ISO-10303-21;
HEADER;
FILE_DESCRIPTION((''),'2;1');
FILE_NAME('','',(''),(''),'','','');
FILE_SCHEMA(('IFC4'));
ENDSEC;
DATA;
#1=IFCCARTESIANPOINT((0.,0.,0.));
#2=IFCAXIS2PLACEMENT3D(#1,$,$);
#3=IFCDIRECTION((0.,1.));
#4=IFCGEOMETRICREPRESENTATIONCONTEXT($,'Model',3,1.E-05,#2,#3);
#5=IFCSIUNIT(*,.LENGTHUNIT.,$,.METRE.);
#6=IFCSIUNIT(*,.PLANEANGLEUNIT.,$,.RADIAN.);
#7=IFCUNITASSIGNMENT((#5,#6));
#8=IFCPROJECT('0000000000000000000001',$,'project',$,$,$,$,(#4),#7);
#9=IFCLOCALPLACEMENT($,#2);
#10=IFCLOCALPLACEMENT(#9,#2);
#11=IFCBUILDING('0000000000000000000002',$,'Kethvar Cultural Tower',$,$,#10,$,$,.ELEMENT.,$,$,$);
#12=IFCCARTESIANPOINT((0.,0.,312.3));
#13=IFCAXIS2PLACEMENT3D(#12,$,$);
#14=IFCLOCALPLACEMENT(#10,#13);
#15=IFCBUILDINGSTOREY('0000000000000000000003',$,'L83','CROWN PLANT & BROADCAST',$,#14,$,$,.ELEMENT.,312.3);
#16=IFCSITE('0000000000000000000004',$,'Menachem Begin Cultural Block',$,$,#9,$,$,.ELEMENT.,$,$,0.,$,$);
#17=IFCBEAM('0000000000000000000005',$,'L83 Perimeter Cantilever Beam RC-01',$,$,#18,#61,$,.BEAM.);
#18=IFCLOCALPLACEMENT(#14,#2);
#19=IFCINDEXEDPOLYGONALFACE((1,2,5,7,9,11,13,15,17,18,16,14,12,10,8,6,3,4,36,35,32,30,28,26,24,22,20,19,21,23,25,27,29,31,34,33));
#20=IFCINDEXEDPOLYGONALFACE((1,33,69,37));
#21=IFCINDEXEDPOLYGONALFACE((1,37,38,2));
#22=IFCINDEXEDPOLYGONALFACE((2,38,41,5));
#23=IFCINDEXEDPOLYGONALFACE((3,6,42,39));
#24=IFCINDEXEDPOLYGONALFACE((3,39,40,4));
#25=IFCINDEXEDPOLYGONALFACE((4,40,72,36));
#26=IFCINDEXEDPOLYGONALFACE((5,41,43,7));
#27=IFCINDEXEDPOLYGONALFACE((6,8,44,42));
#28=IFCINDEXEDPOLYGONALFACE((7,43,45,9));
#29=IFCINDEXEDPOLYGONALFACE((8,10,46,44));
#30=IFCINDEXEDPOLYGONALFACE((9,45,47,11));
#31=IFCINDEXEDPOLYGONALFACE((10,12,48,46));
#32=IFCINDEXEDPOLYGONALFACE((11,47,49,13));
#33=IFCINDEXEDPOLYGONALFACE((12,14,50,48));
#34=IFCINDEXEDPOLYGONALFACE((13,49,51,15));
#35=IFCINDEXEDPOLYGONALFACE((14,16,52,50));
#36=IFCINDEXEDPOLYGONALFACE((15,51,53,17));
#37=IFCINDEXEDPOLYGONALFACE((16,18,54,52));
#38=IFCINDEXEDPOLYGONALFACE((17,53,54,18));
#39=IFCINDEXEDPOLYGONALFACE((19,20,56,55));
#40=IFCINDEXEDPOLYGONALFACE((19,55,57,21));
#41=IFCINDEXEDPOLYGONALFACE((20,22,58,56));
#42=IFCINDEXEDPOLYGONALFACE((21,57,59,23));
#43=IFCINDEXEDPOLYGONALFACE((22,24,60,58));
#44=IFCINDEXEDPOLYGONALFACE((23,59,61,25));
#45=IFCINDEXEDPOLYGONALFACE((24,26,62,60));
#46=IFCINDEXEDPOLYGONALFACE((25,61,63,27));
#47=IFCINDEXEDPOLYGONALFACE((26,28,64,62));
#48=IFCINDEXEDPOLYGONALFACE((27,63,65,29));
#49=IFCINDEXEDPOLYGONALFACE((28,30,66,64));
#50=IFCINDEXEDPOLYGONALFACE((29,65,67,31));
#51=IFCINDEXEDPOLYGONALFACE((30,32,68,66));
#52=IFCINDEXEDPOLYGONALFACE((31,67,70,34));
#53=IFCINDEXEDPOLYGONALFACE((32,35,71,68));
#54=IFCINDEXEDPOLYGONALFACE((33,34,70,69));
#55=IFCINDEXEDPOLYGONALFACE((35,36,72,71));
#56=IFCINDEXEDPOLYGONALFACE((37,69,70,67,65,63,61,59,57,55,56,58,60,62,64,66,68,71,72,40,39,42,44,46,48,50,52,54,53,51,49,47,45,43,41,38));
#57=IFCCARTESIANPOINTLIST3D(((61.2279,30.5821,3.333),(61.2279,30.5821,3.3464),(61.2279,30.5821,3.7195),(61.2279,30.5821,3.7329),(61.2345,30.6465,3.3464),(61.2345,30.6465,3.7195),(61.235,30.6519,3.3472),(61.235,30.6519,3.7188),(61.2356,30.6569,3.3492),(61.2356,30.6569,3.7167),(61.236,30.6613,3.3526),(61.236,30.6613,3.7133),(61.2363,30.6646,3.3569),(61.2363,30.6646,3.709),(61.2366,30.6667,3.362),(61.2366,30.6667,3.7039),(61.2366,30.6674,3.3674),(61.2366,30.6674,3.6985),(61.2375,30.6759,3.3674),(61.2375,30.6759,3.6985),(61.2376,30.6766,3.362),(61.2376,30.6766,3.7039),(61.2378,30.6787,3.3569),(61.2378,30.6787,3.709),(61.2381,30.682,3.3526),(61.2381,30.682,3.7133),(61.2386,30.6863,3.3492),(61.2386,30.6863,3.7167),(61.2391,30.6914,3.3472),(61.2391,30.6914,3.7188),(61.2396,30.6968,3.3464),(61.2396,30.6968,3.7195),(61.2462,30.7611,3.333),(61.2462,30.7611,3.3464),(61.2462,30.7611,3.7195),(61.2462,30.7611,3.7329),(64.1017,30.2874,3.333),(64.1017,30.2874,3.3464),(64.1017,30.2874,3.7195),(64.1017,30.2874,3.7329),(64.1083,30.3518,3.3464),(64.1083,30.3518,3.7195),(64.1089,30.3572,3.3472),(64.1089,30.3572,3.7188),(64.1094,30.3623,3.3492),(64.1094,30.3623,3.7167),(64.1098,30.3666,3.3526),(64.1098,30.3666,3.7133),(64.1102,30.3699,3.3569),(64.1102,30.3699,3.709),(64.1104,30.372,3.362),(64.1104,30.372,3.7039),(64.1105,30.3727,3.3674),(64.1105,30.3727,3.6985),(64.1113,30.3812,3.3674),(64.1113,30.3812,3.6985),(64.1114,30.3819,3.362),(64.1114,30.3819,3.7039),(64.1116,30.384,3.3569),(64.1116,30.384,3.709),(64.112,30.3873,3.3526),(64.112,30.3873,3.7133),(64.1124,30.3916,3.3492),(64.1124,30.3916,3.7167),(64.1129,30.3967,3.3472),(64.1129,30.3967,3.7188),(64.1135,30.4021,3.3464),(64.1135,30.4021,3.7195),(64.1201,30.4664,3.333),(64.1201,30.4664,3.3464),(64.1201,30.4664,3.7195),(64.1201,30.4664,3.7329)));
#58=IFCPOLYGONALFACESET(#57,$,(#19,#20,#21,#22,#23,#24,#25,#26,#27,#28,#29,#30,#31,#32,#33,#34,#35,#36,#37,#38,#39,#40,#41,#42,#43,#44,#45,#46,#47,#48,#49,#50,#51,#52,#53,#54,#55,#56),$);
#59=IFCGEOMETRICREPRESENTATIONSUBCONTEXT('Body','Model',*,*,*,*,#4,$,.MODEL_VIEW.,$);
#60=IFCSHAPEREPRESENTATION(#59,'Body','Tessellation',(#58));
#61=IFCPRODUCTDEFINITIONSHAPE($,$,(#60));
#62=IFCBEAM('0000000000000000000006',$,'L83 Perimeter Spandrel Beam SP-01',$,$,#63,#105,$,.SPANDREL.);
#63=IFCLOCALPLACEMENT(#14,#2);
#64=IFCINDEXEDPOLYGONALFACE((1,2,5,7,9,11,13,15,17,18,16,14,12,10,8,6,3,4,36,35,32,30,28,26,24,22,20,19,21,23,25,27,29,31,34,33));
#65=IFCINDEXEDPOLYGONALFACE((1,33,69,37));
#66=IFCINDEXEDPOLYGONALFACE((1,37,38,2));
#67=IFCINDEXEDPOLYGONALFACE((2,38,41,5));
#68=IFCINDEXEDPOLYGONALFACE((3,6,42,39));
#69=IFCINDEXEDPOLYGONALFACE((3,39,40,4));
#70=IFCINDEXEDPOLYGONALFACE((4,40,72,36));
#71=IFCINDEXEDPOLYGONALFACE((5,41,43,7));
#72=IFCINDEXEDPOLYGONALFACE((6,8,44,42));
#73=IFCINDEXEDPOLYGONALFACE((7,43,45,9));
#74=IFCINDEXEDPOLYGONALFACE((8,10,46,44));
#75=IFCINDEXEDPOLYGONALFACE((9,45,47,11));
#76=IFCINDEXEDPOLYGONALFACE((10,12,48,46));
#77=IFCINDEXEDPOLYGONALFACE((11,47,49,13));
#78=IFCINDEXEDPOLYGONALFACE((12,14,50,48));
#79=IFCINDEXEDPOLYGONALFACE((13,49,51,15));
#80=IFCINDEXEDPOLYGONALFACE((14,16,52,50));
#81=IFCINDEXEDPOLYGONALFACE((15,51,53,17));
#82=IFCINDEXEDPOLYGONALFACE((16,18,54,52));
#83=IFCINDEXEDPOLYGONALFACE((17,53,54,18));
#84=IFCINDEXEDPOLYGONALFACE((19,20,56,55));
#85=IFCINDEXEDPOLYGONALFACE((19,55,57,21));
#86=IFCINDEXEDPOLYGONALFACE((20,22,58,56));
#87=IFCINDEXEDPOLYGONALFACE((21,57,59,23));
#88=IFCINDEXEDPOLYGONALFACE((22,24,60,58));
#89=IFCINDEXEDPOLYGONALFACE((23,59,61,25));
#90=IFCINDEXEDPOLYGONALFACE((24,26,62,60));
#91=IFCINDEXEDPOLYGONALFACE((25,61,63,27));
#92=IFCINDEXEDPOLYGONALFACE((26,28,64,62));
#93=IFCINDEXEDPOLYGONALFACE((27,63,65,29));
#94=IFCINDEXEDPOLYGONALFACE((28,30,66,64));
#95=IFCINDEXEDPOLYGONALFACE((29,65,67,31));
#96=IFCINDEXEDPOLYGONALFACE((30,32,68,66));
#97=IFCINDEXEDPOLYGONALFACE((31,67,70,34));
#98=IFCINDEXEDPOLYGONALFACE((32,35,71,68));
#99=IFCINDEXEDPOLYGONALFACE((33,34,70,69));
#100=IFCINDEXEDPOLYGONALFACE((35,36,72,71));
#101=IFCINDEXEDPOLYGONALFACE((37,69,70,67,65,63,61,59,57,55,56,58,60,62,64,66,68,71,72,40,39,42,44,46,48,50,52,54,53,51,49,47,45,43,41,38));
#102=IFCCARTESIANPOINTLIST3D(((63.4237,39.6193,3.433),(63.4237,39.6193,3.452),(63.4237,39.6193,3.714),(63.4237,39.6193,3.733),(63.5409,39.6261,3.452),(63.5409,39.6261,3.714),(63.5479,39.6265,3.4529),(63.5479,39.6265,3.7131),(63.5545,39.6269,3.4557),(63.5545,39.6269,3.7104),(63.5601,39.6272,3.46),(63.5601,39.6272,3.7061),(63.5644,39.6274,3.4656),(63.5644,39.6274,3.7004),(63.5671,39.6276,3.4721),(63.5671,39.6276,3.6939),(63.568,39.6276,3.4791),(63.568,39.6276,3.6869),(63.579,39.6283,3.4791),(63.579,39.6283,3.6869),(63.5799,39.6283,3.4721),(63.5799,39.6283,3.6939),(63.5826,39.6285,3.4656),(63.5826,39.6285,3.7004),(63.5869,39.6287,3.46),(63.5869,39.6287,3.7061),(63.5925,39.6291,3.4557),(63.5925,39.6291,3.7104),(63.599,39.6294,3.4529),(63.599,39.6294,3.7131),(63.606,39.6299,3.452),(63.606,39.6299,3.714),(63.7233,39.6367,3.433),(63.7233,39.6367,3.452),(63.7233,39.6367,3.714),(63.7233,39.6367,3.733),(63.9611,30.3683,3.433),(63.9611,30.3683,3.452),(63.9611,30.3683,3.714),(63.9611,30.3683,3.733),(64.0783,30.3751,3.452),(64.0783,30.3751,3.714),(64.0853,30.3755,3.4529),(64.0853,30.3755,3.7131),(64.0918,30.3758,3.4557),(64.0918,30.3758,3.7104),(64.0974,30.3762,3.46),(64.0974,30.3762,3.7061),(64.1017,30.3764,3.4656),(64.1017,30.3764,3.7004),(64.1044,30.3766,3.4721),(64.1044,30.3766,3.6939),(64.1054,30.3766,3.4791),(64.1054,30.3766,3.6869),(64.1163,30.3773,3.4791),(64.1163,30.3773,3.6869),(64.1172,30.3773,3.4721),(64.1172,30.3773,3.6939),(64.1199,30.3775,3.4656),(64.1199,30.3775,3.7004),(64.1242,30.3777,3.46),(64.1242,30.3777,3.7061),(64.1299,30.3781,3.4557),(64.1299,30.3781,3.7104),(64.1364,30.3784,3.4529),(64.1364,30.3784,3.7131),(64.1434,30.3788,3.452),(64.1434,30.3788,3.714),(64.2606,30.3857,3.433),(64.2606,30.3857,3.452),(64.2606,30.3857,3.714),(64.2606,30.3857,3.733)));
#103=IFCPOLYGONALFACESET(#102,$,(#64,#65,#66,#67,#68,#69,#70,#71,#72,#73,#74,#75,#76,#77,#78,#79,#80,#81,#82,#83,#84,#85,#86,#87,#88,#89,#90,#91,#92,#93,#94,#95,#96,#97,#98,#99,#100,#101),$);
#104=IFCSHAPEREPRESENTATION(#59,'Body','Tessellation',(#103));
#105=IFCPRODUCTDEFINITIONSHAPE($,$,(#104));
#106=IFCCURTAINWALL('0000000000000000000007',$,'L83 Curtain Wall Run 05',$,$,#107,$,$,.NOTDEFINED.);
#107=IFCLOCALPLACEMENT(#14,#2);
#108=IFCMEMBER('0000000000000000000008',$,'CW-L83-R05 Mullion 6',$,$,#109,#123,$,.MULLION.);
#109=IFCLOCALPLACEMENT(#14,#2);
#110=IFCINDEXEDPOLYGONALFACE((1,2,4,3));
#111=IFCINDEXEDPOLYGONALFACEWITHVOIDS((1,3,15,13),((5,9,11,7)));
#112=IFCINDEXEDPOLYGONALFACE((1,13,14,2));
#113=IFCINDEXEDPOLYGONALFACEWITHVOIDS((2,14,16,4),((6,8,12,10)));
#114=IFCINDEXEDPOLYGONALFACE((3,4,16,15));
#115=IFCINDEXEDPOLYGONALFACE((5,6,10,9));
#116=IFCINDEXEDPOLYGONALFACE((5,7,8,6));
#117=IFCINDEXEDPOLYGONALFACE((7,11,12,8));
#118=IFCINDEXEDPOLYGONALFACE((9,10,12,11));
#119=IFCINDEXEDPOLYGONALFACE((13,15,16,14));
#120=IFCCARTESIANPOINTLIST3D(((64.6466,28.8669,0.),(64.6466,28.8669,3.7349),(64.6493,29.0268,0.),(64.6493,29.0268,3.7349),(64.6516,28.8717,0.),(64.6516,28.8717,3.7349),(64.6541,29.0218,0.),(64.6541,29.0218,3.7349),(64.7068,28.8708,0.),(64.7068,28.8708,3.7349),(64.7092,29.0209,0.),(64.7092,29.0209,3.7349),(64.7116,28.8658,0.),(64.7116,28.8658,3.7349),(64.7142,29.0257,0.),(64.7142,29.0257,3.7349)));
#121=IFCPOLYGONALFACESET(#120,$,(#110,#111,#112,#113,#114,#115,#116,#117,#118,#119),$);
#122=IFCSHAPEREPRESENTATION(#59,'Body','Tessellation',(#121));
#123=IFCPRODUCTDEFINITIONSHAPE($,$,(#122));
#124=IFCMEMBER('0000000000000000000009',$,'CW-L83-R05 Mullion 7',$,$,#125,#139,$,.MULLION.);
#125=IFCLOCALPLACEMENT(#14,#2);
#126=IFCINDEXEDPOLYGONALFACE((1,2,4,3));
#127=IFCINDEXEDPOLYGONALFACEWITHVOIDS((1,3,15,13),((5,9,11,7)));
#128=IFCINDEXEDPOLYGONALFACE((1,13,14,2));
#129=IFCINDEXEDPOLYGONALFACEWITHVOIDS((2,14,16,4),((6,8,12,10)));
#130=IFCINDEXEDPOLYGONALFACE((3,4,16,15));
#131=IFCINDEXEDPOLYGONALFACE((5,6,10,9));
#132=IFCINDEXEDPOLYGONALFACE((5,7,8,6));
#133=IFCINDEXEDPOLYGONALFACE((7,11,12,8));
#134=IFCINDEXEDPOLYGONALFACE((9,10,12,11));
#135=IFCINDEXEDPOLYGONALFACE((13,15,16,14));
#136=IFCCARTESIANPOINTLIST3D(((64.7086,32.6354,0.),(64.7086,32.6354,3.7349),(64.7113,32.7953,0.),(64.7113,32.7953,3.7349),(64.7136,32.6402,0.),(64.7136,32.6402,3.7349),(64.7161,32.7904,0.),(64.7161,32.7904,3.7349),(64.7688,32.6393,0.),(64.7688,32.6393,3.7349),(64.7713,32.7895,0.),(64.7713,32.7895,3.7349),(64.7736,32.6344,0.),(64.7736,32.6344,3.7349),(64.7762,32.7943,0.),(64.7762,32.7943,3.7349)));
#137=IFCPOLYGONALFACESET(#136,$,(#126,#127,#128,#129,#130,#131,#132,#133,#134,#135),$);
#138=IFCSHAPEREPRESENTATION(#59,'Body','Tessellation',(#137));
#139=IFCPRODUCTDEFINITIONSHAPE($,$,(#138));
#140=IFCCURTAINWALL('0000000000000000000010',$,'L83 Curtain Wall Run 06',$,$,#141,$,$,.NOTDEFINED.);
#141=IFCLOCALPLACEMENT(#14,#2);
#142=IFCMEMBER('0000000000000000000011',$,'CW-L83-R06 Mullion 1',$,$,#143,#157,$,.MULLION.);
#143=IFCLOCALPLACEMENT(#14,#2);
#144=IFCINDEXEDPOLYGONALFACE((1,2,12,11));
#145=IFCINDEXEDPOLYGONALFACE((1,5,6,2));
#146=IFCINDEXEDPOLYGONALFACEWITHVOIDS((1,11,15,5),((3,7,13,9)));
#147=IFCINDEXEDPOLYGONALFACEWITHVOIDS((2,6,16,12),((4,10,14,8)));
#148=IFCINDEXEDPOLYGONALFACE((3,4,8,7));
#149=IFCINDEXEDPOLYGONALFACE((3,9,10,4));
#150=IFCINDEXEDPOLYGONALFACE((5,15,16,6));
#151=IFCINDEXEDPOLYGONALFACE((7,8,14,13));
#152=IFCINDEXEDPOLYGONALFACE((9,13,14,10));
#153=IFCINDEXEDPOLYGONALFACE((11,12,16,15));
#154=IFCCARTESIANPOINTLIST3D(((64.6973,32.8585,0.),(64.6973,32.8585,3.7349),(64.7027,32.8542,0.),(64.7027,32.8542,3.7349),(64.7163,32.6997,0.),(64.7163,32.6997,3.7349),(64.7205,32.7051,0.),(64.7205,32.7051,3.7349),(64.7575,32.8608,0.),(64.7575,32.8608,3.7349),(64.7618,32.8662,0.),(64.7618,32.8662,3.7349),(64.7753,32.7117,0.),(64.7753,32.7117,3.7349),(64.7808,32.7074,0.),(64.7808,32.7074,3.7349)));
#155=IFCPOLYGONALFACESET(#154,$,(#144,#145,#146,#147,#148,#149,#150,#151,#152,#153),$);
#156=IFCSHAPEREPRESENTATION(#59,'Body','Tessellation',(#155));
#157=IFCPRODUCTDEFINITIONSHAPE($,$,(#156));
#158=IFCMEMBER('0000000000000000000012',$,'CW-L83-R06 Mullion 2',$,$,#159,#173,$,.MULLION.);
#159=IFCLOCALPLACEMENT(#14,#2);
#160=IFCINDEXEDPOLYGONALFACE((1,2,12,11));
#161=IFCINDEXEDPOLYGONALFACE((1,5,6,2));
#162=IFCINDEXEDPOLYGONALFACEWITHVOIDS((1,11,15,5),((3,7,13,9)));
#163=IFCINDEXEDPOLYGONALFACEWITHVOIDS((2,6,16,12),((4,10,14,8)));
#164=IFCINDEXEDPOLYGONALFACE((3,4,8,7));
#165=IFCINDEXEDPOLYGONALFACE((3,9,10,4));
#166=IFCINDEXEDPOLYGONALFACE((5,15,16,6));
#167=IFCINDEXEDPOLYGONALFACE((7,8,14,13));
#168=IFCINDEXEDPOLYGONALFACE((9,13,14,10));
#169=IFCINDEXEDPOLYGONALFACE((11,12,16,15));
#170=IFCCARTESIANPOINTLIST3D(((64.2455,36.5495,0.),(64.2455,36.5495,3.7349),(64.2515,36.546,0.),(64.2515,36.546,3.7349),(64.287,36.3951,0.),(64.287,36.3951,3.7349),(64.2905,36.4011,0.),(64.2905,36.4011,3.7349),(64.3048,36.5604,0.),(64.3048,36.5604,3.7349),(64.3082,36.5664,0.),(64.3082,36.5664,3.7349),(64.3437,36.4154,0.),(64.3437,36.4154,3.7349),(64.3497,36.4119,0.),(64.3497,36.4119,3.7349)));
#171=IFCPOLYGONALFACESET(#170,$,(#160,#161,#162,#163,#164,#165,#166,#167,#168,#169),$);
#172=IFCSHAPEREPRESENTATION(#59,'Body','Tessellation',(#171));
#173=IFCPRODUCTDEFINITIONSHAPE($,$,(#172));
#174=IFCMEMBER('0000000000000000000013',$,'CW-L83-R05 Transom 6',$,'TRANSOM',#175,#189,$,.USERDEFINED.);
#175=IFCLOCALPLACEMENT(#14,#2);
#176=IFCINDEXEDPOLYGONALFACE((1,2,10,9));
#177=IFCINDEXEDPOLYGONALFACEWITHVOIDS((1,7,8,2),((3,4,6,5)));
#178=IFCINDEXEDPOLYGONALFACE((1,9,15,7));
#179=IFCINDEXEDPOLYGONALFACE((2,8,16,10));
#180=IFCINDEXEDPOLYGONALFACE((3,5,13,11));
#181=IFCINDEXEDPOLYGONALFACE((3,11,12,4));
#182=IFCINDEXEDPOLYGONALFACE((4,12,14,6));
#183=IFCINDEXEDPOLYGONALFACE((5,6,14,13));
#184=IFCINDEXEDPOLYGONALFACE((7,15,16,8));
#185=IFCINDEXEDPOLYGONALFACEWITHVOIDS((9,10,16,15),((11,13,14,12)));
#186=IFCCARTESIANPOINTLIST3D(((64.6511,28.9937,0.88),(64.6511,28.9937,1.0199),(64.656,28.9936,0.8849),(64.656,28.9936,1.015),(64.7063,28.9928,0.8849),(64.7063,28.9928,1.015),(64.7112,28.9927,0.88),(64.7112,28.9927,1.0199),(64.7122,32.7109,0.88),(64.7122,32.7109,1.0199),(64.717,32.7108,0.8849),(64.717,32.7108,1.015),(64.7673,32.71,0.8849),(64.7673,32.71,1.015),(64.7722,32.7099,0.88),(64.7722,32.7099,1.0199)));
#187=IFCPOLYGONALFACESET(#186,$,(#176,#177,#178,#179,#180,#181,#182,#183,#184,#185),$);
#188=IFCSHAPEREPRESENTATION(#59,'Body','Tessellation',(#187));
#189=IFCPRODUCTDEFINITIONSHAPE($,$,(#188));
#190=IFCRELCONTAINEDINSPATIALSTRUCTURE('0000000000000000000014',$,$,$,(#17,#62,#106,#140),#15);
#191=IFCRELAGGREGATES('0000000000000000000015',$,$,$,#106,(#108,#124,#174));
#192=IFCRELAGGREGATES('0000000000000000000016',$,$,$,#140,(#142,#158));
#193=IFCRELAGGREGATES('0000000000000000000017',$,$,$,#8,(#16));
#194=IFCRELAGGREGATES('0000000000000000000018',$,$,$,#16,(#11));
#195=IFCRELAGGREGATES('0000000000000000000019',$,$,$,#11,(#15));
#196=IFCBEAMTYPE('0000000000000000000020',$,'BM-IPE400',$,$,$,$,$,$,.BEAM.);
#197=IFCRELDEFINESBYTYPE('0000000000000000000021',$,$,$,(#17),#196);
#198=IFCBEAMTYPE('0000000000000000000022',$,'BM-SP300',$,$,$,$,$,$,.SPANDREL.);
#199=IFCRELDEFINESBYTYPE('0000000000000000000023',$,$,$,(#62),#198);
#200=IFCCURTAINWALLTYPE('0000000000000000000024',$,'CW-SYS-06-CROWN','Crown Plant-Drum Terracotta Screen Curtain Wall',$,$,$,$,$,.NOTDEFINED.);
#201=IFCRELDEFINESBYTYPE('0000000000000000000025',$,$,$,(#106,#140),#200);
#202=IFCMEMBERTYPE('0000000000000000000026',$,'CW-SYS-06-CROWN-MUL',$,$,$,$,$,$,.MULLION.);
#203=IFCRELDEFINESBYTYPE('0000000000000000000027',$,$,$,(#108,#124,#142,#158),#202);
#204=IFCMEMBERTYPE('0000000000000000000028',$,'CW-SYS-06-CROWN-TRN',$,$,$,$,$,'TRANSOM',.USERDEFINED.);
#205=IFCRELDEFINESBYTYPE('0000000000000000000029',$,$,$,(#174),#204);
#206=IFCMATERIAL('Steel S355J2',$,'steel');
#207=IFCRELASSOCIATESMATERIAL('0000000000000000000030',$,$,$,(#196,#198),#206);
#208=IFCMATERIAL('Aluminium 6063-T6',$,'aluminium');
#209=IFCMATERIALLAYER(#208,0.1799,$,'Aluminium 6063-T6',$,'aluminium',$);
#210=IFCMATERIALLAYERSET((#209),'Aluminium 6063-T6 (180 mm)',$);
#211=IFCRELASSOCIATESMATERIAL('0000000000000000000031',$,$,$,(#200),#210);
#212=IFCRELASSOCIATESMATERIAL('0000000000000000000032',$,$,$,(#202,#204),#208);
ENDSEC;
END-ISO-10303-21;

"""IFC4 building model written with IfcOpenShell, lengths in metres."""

from ifc_helpers import new_model, si_unit, direction, frame, origin, origin_2d, place, context, subcontext, project, spatial, hollow_rectangle, i_section, extrude, source, transform, mapped, material, layer, layer_set, material_profile, profile_set, type_object, element, aggregate, save


model = new_model("IFC4")

# Units and contexts
model_context = context("Model", 3, precision=1e-05, world=origin(), true_north=direction((0.0, 1.0)))
body_context = subcontext(model_context, "Body", "Model", "MODEL_VIEW")
ifc_project = project(units=[si_unit("LENGTHUNIT", "METRE"), si_unit("PLANEANGLEUNIT", "RADIAN")], contexts=[model_context])

# Site, building, storey
site_placement = place(None, origin())
site = spatial("IfcSite", under=ifc_project, at=site_placement, Name="Menachem Begin Cultural Block", CompositionType="ELEMENT", RefElevation=0.0)
building_placement = place(site_placement, origin())
building = spatial("IfcBuilding", under=site, at=building_placement, Name="Kethvar Cultural Tower", CompositionType="ELEMENT")
storey_placement = place(building_placement, frame((0.0, 0.0, 312.3)))
storey = spatial("IfcBuildingStorey", under=building, at=storey_placement, Name="L83", Description="CROWN PLANT & BROADCAST", CompositionType="ELEMENT", Elevation=312.3)

# Shared definitions
ifc_material_1 = material(Name="Steel S355J2", Category="steel")

# Beams
ifc_material_profile_1 = material_profile(ifc_material_1, i_section(OverallWidth=0.1799, OverallDepth=0.3999, WebThickness=0.0085, FlangeThickness=0.0134, FilletRadius=0.021, at=origin_2d()), Name="Steel S355J2 — IPE400")
ifc_profile_set_1 = profile_set([ifc_material_profile_1], Name="Steel S355J2 — IPE400")
beam_type_1 = type_object("IfcBeamType", Name="BM-IPE400", PredefinedType="BEAM", material=ifc_profile_set_1)
shared_shape_1 = source(origin(), body_context, "Body", "SweptSolid", [
    extrude(i_section(OverallWidth=0.1799, OverallDepth=0.3999, WebThickness=0.0085, FlangeThickness=0.0134, FilletRadius=0.021, at=origin_2d()), origin(), (0.0, 0.0, 1.0), 2.8889),
])
beam_1_placement = place(storey_placement, frame((61.2371, 30.6716, 3.533), z_axis=(0.994784, -0.102005, 0.0), x_axis=(0.102005, 0.994784, 0.0)))
element("IfcBeam", 1, at=beam_1_placement, inside=storey, type_object=beam_type_1, Name="L83 Perimeter Cantilever Beam RC-01", PredefinedType="BEAM", context=body_context, shape_type="MappedRepresentation", body=[
    mapped(shared_shape_1, transform((0.0, 0.0, 0.0), scale=1.0)),
])
ifc_material_profile_2 = material_profile(ifc_material_1, i_section(OverallWidth=0.3, OverallDepth=0.3, WebThickness=0.011, FlangeThickness=0.019, FilletRadius=0.0271, at=origin_2d()), Name="Steel S355J2 — HEB300")
ifc_profile_set_2 = profile_set([ifc_material_profile_2], Name="Steel S355J2 — HEB300")
beam_type_2 = type_object("IfcBeamType", Name="BM-SP300", PredefinedType="SPANDREL", material=ifc_profile_set_2)
shared_shape_2 = source(origin(), body_context, "Body", "SweptSolid", [
    extrude(i_section(OverallWidth=0.3, OverallDepth=0.3, WebThickness=0.011, FlangeThickness=0.019, FilletRadius=0.0271, at=origin_2d()), origin(), (0.0, 0.0, 1.0), 9.2666),
])
beam_2_placement = place(storey_placement, frame((64.1108, 30.377, 3.583), z_axis=(-0.057988, 0.998317, 0.0), x_axis=(-0.998317, -0.057988, 0.0)))
element("IfcBeam", 2, at=beam_2_placement, inside=storey, type_object=beam_type_2, Name="L83 Perimeter Spandrel Beam SP-01", PredefinedType="SPANDREL", context=body_context, shape_type="MappedRepresentation", body=[
    mapped(shared_shape_2, transform((0.0, 0.0, 0.0), scale=1.0)),
])

# Curtain walls, members
ifc_material_2 = material(Name="Aluminium 6063-T6", Category="aluminium")
ifc_layer_1 = layer(ifc_material_2, 0.1799, Name="Aluminium 6063-T6", Category="aluminium")
ifc_layer_set_1 = layer_set([ifc_layer_1], Name="Aluminium 6063-T6 (180 mm)")
curtain_wall_type = type_object("IfcCurtainWallType", Name="CW-SYS-06-CROWN", Description="Crown Plant-Drum Terracotta Screen Curtain Wall", PredefinedType="NOTDEFINED", material=ifc_layer_set_1)
curtain_wall_1_placement = place(storey_placement, origin())
curtain_wall_1 = element("IfcCurtainWall", 3, at=curtain_wall_1_placement, inside=storey, type_object=curtain_wall_type, Name="L83 Curtain Wall Run 05", PredefinedType="NOTDEFINED")
ifc_material_profile_3 = material_profile(ifc_material_2, hollow_rectangle(XDim=0.0649, YDim=0.1599, WallThickness=0.0049, at=origin_2d()), Name="Aluminium 6063-T6 — RHS160x65x5")
ifc_profile_set_3 = profile_set([ifc_material_profile_3], Name="Aluminium 6063-T6 — RHS160x65x5")
member_type_1 = type_object("IfcMemberType", Name="CW-SYS-06-CROWN-MUL", PredefinedType="MULLION", material=ifc_profile_set_3)
shared_shape_3 = source(origin(), body_context, "Body", "SweptSolid", [
    extrude(hollow_rectangle(XDim=0.0649, YDim=0.1599, WallThickness=0.0049, at=origin_2d()), origin(), (0.0, 0.0, 1.0), 3.7349),
])
member_1_placement = place(storey_placement, frame((64.6804, 28.9463, 0.0), z_axis=(0.0, 0.0, 1.0), x_axis=(-0.999865, 0.016458, 0.0)))
member_1 = element("IfcMember", 4, at=member_1_placement, type_object=member_type_1, Name="CW-L83-R05 Mullion 6", PredefinedType="MULLION", context=body_context, shape_type="MappedRepresentation", body=[
    mapped(shared_shape_3, transform((0.0, 0.0, 0.0), scale=1.0)),
])
member_2_placement = place(storey_placement, frame((64.7424, 32.7148, 0.0), z_axis=(0.0, 0.0, 1.0), x_axis=(-0.999865, 0.016458, 0.0)))
member_2 = element("IfcMember", 5, at=member_2_placement, type_object=member_type_1, Name="CW-L83-R05 Mullion 7", PredefinedType="MULLION", context=body_context, shape_type="MappedRepresentation", body=[
    mapped(shared_shape_3, transform((0.0, 0.0, 0.0), scale=1.0)),
])
curtain_wall_2_placement = place(storey_placement, origin())
curtain_wall_2 = element("IfcCurtainWall", 6, at=curtain_wall_2_placement, inside=storey, type_object=curtain_wall_type, Name="L83 Curtain Wall Run 06", PredefinedType="NOTDEFINED")
member_3_placement = place(storey_placement, frame((64.739, 32.783, 0.0), z_axis=(0.0, 0.0, 1.0), x_axis=(-0.992912, -0.118855, 0.0)))
member_3 = element("IfcMember", 7, at=member_3_placement, type_object=member_type_1, Name="CW-L83-R06 Mullion 1", PredefinedType="MULLION", context=body_context, shape_type="MappedRepresentation", body=[
    mapped(shared_shape_3, transform((0.0, 0.0, 0.0), scale=1.0)),
])
member_4_placement = place(storey_placement, frame((64.2976, 36.4807, 0.0), z_axis=(0.0, 0.0, 1.0), x_axis=(-0.9657, -0.259662, 0.0)))
member_4 = element("IfcMember", 8, at=member_4_placement, type_object=member_type_1, Name="CW-L83-R06 Mullion 2", PredefinedType="MULLION", context=body_context, shape_type="MappedRepresentation", body=[
    mapped(shared_shape_3, transform((0.0, 0.0, 0.0), scale=1.0)),
])

# Member
ifc_material_profile_4 = material_profile(ifc_material_2, hollow_rectangle(XDim=0.0601, YDim=0.1399, WallThickness=0.0049, at=origin_2d()), Name="Aluminium 6063-T6 — RHS140x60x5")
ifc_profile_set_4 = profile_set([ifc_material_profile_4], Name="Aluminium 6063-T6 — RHS140x60x5")
member_type_2 = type_object("IfcMemberType", Name="CW-SYS-06-CROWN-TRN", ElementType="TRANSOM", PredefinedType="USERDEFINED", material=ifc_profile_set_4)
shared_shape_4 = source(origin(), body_context, "Body", "SweptSolid", [
    extrude(hollow_rectangle(XDim=0.0601, YDim=0.1399, WallThickness=0.0049, at=origin_2d()), origin(), (0.0, 0.0, 1.0), 3.7178),
])
member_5_placement = place(storey_placement, frame((64.6812, 28.9932, 0.95), z_axis=(0.016417, 0.999865, 0.0), x_axis=(-0.999865, 0.016417, 0.0)))
member_5 = element("IfcMember", 9, at=member_5_placement, type_object=member_type_2, Name="CW-L83-R05 Transom 6", ObjectType="TRANSOM", PredefinedType="USERDEFINED", context=body_context, shape_type="MappedRepresentation", body=[
    mapped(shared_shape_4, transform((0.0, 0.0, 0.0), scale=1.0)),
])

aggregate(curtain_wall_1, [member_1, member_2, member_5])
aggregate(curtain_wall_2, [member_3, member_4])

save(model, "model.ifc")
